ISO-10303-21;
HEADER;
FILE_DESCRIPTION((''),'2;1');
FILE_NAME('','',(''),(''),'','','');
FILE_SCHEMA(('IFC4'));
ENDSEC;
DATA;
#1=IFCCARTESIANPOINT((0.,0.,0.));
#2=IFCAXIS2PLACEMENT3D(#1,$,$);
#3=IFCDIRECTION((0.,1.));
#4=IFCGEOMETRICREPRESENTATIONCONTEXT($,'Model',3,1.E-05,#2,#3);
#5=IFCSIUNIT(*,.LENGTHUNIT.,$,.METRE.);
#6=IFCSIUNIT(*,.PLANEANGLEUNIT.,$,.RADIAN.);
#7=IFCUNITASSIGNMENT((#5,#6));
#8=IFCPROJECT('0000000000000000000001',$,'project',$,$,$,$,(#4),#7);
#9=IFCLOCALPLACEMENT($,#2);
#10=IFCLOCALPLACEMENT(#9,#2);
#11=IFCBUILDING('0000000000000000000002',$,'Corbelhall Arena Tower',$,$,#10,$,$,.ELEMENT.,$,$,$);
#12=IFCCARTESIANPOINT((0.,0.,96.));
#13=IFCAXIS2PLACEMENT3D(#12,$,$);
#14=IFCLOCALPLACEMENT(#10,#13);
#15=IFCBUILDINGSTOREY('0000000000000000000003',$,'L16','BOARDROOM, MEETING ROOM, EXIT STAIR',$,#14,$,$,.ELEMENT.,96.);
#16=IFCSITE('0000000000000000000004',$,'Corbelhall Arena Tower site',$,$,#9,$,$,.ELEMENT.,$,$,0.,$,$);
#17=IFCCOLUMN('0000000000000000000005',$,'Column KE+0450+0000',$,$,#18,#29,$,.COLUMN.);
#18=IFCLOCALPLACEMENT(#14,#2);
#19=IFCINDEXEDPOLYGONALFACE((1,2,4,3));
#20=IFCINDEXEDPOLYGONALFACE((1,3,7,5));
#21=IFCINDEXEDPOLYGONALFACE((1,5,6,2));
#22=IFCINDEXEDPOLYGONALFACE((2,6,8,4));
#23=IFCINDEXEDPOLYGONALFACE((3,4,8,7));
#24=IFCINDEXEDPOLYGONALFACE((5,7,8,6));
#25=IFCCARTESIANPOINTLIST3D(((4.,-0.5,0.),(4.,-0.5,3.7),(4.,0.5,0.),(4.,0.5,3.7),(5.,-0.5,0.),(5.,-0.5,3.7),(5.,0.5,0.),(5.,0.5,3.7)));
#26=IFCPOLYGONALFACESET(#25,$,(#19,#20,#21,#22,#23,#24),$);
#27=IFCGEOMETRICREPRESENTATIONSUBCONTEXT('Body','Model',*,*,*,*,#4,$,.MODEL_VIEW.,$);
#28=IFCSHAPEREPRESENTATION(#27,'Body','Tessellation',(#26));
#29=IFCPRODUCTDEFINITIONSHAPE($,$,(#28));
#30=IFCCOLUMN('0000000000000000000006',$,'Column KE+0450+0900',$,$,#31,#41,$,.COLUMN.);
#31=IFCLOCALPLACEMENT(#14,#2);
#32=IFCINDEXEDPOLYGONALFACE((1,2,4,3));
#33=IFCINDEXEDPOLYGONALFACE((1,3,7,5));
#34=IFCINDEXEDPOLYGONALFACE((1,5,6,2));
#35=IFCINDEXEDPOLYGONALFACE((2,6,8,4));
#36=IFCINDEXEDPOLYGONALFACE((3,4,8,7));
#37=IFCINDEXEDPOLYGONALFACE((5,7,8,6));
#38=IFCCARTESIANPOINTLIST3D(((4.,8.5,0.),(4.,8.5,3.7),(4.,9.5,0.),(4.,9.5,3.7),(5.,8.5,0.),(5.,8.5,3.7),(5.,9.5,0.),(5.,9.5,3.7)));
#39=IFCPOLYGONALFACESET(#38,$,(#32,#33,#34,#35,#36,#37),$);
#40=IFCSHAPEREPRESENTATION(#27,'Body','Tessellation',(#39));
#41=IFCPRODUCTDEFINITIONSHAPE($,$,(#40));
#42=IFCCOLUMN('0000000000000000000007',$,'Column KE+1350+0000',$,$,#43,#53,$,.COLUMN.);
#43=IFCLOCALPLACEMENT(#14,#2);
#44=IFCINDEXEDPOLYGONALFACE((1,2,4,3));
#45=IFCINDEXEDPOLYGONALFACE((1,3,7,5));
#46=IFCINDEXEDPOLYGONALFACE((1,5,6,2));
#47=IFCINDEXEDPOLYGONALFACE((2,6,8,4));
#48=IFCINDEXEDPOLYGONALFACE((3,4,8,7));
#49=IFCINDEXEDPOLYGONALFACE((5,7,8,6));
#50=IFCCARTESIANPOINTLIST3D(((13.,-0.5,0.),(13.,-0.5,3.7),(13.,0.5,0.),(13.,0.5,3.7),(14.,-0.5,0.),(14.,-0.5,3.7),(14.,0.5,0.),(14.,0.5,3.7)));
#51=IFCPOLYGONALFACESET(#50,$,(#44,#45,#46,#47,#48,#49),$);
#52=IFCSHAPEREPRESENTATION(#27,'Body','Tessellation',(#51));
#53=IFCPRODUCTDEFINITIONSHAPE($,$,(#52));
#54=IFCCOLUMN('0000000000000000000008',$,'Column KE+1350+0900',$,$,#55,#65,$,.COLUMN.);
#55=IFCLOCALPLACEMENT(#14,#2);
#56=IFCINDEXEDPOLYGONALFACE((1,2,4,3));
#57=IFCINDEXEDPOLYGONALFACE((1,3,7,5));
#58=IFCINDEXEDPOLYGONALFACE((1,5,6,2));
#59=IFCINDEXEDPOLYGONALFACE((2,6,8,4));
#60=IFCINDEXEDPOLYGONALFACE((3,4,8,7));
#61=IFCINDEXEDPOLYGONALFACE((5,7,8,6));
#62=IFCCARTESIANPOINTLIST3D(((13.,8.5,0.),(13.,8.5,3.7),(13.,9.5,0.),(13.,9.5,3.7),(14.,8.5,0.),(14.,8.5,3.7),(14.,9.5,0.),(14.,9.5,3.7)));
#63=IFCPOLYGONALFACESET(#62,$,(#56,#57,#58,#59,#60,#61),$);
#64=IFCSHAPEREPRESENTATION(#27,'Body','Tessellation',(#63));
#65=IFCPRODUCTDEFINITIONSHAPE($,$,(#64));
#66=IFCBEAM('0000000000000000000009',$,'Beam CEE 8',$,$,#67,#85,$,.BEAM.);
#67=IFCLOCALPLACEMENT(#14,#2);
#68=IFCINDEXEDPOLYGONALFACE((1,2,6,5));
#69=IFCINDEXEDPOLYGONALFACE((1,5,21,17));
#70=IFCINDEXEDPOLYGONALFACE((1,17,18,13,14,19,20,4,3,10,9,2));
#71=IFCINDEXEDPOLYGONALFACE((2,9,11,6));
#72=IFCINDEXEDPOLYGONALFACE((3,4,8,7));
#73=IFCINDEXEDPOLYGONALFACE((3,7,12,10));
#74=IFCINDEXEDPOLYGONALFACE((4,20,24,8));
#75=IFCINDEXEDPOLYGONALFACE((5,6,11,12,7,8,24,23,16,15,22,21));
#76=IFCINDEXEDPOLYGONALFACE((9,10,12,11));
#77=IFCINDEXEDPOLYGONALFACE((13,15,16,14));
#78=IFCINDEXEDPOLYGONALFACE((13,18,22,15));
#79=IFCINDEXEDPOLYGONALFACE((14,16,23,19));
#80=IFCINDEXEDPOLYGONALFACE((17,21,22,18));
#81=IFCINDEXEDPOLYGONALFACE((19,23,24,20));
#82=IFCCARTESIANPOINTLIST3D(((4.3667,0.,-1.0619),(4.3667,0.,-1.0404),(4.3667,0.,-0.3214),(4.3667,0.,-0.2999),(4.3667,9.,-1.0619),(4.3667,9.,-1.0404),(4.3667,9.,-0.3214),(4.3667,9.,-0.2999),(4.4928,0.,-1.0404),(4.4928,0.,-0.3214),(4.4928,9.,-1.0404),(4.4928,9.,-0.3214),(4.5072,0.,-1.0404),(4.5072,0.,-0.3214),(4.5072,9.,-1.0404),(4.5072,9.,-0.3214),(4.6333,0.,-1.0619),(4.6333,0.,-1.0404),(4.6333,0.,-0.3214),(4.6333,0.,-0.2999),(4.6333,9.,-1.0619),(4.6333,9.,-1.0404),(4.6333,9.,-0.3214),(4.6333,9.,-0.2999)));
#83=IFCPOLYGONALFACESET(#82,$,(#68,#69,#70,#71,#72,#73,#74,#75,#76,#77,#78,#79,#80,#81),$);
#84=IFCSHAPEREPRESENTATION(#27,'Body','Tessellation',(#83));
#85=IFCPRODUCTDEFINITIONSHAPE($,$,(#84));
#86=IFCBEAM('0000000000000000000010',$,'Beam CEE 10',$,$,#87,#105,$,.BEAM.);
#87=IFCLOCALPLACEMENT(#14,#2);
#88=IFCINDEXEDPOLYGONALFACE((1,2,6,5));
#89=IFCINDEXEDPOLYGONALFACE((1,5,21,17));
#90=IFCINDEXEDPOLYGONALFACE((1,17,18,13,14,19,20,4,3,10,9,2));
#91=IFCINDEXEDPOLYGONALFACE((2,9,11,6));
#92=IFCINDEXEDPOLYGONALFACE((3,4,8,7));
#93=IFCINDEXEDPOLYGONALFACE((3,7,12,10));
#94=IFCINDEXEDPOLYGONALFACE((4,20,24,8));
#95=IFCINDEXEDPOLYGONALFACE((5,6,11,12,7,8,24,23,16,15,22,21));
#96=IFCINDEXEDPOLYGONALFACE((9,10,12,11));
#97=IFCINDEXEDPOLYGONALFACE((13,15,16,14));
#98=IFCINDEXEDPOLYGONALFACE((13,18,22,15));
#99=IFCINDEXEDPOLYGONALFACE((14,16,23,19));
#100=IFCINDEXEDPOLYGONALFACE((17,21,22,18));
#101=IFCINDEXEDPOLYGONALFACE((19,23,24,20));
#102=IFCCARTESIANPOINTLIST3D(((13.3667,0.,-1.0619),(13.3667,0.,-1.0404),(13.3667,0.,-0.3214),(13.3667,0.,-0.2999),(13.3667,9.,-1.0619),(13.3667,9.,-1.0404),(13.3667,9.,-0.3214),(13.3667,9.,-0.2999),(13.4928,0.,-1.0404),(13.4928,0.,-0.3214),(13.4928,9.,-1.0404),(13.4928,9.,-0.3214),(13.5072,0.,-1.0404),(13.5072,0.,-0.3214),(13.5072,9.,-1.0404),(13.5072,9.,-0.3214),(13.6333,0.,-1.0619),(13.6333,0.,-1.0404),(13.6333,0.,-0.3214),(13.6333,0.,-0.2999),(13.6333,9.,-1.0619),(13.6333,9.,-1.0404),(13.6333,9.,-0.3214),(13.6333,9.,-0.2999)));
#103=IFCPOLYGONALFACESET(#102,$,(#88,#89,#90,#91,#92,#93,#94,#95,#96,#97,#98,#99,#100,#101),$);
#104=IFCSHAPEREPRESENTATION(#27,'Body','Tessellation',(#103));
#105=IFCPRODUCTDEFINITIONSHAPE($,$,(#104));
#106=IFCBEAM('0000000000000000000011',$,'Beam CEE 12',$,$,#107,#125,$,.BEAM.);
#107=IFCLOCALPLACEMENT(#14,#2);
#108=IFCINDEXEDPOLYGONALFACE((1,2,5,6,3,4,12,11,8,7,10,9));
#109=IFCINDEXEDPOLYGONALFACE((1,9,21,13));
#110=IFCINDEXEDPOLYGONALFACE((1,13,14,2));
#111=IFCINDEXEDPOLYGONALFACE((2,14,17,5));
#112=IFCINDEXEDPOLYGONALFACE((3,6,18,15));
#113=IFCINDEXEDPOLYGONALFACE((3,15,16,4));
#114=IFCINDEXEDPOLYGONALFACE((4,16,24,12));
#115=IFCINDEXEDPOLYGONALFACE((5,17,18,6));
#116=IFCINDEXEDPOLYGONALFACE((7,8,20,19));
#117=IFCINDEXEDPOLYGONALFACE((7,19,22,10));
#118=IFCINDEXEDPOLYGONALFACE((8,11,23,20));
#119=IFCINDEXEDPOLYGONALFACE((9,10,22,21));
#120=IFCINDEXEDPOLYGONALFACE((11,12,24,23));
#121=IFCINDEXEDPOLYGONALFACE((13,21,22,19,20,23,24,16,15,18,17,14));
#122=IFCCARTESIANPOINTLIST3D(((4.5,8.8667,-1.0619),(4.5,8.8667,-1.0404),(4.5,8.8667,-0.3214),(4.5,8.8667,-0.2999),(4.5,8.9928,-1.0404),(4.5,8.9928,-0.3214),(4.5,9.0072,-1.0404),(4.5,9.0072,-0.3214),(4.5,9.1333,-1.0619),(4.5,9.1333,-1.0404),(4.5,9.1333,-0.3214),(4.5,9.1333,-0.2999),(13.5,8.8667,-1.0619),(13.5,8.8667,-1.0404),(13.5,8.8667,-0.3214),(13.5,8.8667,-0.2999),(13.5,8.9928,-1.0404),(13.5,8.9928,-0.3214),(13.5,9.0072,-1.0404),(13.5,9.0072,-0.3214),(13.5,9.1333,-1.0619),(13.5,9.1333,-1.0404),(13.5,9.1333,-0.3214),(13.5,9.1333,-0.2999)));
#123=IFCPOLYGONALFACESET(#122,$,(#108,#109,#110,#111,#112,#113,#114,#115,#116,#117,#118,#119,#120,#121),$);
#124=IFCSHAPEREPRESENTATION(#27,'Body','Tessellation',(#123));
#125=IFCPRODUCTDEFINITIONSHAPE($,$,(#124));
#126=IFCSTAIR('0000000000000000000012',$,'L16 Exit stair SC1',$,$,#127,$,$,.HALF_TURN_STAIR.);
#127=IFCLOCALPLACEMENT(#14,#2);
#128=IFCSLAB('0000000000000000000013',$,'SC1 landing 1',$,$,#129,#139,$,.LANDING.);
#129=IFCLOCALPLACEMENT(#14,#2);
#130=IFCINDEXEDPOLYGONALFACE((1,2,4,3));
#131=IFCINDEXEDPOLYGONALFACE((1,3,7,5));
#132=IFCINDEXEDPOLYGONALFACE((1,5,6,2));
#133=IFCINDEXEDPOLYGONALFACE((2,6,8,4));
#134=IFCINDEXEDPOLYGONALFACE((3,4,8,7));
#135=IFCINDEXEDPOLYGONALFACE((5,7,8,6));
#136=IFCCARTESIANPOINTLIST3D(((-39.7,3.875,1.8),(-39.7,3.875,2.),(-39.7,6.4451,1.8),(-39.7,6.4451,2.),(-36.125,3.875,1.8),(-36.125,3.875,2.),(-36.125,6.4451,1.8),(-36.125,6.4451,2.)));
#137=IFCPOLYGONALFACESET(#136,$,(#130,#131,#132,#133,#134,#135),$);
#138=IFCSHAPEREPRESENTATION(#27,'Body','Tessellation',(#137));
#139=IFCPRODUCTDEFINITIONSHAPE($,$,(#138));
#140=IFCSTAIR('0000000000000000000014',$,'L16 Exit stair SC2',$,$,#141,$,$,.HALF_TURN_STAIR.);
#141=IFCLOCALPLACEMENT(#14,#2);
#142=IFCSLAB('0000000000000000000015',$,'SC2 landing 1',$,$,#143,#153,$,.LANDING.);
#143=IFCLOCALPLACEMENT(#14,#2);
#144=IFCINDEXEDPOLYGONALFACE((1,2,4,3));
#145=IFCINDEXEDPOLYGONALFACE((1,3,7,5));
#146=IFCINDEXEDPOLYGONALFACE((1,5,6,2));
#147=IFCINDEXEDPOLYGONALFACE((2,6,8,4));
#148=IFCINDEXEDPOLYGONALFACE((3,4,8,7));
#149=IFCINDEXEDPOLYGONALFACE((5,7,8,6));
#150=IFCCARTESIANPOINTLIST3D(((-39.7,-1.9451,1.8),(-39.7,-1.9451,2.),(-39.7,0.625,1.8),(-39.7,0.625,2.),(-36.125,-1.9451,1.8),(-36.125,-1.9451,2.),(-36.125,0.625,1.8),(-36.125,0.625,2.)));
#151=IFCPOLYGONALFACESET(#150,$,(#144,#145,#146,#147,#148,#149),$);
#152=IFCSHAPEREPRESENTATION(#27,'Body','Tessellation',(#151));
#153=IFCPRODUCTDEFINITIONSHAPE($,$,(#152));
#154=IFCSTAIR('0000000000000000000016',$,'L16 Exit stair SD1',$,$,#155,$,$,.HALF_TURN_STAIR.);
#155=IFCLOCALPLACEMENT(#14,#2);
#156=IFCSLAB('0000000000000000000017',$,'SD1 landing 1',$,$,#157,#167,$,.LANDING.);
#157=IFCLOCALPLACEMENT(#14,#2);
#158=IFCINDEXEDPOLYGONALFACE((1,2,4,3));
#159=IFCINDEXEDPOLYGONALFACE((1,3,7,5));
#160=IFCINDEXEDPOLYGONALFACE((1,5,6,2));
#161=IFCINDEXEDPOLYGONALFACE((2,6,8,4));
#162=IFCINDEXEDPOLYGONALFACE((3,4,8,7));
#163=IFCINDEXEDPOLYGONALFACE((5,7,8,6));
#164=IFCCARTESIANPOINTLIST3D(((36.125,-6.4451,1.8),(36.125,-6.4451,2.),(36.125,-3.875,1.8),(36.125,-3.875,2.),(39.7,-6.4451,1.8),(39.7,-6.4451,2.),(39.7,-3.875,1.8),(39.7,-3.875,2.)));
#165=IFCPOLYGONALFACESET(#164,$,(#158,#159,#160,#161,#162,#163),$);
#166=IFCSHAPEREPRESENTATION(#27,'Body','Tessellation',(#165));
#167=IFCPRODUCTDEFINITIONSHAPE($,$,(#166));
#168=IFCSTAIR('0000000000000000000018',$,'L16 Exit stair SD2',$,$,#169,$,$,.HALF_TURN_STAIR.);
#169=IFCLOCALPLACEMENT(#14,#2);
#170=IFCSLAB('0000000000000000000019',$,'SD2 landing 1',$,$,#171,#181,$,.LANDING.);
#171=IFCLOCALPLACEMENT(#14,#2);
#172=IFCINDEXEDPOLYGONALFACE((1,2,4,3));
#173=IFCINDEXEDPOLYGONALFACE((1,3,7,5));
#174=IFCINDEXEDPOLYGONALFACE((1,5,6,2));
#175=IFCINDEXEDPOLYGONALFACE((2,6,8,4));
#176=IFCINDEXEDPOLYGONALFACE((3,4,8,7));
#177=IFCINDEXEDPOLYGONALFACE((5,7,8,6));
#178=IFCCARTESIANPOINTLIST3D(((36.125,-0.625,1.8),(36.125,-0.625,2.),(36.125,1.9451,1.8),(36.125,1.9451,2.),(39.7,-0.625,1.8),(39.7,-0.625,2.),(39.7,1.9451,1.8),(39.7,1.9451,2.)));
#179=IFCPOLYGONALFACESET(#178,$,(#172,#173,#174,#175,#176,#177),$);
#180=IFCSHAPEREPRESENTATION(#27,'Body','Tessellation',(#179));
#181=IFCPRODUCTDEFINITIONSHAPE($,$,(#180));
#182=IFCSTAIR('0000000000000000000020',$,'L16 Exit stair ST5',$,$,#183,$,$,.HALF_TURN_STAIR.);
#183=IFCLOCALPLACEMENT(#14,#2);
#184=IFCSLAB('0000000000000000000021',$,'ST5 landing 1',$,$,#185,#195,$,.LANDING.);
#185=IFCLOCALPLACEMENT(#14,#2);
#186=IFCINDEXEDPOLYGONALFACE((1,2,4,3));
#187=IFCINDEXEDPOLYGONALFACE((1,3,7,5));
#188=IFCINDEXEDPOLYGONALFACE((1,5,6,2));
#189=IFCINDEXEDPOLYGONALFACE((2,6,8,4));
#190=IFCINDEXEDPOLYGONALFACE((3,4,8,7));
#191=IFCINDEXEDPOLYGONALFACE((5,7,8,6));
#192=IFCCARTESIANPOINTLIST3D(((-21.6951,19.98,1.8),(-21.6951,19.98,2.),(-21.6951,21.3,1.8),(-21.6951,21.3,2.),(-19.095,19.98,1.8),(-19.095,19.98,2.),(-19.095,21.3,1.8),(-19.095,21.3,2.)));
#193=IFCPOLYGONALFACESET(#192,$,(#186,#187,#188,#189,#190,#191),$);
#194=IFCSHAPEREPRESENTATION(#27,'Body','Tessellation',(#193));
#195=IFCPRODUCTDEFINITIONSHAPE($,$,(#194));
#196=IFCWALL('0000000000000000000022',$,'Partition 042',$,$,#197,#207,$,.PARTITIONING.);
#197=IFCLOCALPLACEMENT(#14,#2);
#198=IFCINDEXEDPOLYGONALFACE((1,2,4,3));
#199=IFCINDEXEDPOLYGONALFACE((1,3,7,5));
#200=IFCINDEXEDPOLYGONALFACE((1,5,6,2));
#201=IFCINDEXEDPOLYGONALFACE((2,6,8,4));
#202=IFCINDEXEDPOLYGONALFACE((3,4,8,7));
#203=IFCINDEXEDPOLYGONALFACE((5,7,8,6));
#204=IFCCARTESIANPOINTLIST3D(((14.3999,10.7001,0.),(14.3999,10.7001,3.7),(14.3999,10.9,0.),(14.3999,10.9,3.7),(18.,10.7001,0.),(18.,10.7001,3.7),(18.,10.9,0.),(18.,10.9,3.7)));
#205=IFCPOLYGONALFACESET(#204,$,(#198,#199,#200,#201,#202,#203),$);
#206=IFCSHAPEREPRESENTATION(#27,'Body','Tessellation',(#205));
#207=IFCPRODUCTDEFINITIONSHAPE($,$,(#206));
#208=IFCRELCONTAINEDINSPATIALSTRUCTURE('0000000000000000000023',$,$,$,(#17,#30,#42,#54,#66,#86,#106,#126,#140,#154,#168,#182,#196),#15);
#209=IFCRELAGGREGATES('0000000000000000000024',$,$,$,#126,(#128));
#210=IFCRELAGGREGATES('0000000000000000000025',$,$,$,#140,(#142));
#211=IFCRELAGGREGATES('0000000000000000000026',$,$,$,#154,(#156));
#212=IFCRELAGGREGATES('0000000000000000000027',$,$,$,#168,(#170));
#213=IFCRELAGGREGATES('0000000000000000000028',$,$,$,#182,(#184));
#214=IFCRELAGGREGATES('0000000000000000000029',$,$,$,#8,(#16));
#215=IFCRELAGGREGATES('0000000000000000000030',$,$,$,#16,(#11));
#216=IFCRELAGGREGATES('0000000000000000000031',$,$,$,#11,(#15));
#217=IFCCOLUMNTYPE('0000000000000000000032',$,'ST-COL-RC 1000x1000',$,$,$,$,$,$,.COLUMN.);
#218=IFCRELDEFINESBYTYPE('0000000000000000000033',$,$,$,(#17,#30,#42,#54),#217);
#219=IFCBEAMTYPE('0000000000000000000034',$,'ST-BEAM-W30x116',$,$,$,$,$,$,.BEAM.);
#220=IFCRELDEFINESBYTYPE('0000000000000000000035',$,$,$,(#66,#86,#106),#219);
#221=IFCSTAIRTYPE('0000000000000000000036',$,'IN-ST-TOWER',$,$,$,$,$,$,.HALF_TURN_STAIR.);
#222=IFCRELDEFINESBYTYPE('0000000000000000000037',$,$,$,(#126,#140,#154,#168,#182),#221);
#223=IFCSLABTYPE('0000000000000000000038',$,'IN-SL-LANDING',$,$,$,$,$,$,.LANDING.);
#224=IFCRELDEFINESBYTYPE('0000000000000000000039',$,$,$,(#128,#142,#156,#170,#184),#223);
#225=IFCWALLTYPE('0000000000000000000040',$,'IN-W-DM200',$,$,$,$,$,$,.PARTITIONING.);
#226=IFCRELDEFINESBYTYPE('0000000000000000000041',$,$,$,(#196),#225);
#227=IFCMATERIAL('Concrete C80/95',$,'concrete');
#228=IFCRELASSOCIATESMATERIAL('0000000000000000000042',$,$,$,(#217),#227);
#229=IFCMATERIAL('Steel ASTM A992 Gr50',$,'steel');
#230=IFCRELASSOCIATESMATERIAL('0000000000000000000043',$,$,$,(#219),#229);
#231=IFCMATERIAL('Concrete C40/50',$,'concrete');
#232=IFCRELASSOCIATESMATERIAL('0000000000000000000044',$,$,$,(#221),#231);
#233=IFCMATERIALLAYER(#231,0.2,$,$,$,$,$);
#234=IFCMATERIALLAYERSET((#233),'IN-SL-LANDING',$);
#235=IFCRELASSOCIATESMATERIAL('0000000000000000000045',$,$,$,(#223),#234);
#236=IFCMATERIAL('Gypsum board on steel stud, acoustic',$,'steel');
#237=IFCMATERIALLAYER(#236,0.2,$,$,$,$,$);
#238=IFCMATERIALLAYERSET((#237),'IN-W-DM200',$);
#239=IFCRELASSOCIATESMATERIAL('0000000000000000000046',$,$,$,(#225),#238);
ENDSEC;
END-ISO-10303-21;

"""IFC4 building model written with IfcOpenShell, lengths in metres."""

from ifc_helpers import new_model, si_unit, direction, frame, frame_2d, origin, origin_2d, place, context, subcontext, project, spatial, polyline, rectangle, i_section, outline, extrude, material, layer, layer_set, material_profile, profile_set, type_object, element, aggregate, save


model = new_model("IFC4")

# Units and contexts
model_context = context("Model", 3, precision=1e-05, world=origin(), true_north=direction((0.0, 1.0)))
body_context = subcontext(model_context, "Body", "Model", "MODEL_VIEW")
ifc_project = project(units=[si_unit("LENGTHUNIT", "METRE"), si_unit("PLANEANGLEUNIT", "RADIAN")], contexts=[model_context])

# Site, building, storey
site_placement = place(None, origin())
site = spatial("IfcSite", under=ifc_project, at=site_placement, Name="Corbelhall Arena Tower site", CompositionType="ELEMENT", RefElevation=0.0)
building_placement = place(site_placement, origin())
building = spatial("IfcBuilding", under=site, at=building_placement, Name="Corbelhall Arena Tower", CompositionType="ELEMENT")
storey_placement = place(building_placement, frame((0.0, 0.0, 96.0)))
storey = spatial("IfcBuildingStorey", under=building, at=storey_placement, Name="L16", Description="BOARDROOM, MEETING ROOM, EXIT STAIR", CompositionType="ELEMENT", Elevation=96.0)

# Columns
ifc_material_1 = material(Name="Concrete C80/95", Category="concrete")
ifc_material_profile_1 = material_profile(ifc_material_1, rectangle(XDim=1.0, YDim=1.0, at=origin_2d()))
ifc_profile_set_1 = profile_set([ifc_material_profile_1], Name="Concrete C80/95")
column_type = type_object("IfcColumnType", Name="ST-COL-RC 1000x1000", PredefinedType="COLUMN", material=ifc_profile_set_1)
for number, where, z_axis, x_axis, name in (
    (1, (4.5, 0.0, 0.0), (0.0, 0.0, 1.0), (1.0, 0.0, 0.0), "Column KE+0450+0000"),
    (2, (4.5, 9.0, 0.0), (0.0, 0.0, 1.0), (1.0, 0.0, 0.0), "Column KE+0450+0900"),
    (3, (13.5, 0.0, 0.0), (0.0, 0.0, 1.0), (1.0, 0.0, 0.0), "Column KE+1350+0000"),
    (4, (13.5, 9.0, 0.0), (0.0, 0.0, 1.0), (1.0, 0.0, 0.0), "Column KE+1350+0900"),
):
    element("IfcColumn", number, at=place(storey_placement, frame(where, z_axis=z_axis, x_axis=x_axis)), inside=storey, type_object=column_type, Name=name, PredefinedType="COLUMN", context=body_context, shape_type="SweptSolid", body=[
        extrude(rectangle(XDim=1.0, YDim=1.0, at=origin_2d()), origin(), (0.0, 0.0, 1.0), 3.7),
    ])

# Beams
ifc_material_2 = material(Name="Steel ASTM A992 Gr50", Category="steel")
ifc_material_profile_2 = material_profile(ifc_material_2, i_section(OverallWidth=0.2666, OverallDepth=0.762, WebThickness=0.0144, FlangeThickness=0.0215, at=origin_2d()))
ifc_profile_set_2 = profile_set([ifc_material_profile_2], Name="Steel ASTM A992 Gr50")
beam_type = type_object("IfcBeamType", Name="ST-BEAM-W30x116", PredefinedType="BEAM", material=ifc_profile_set_2)
for number, where, z_axis, x_axis, name in (
    (5, (4.5, 0.0, -0.6809), (0.0, 1.0, 0.0), (-1.0, 0.0, 0.0), "Beam CEE 8"),
    (6, (13.5, 0.0, -0.6809), (0.0, 1.0, 0.0), (-1.0, 0.0, 0.0), "Beam CEE 10"),
    (7, (4.5, 9.0, -0.6809), (1.0, 0.0, 0.0), (0.0, 1.0, 0.0), "Beam CEE 12"),
):
    element("IfcBeam", number, at=place(storey_placement, frame(where, z_axis=z_axis, x_axis=x_axis)), inside=storey, type_object=beam_type, Name=name, PredefinedType="BEAM", context=body_context, shape_type="SweptSolid", body=[
        extrude(i_section(OverallWidth=0.2666, OverallDepth=0.762, WebThickness=0.0144, FlangeThickness=0.0215, at=origin_2d()), origin(), (0.0, 0.0, 1.0), 9.0),
    ])

# Stairs, slabs
ifc_material_3 = material(Name="Concrete C40/50", Category="concrete")
stair_type = type_object("IfcStairType", Name="IN-ST-TOWER", PredefinedType="HALF_TURN_STAIR", material=ifc_material_3)
stair_1_placement = place(storey_placement, origin())
stair_1 = element("IfcStair", 8, at=stair_1_placement, inside=storey, type_object=stair_type, Name="L16 Exit stair SC1", PredefinedType="HALF_TURN_STAIR")
ifc_layer_1 = layer(ifc_material_3, 0.2)
ifc_layer_set_1 = layer_set([ifc_layer_1], Name="IN-SL-LANDING")
slab_type = type_object("IfcSlabType", Name="IN-SL-LANDING", PredefinedType="LANDING", material=ifc_layer_set_1)
slab_1_placement = place(storey_placement, frame((0.0, 0.0, 1.8)))
slab_1 = element("IfcSlab", 9, at=slab_1_placement, type_object=slab_type, Name="SC1 landing 1", PredefinedType="LANDING", context=body_context, shape_type="SweptSolid", body=[
    extrude(outline(polyline([(-39.7, 6.4451), (-39.7, 3.875), (-36.125, 3.875), (-36.125, 6.4451), (-39.7, 6.4451)])), origin(), (0.0, 0.0, 1.0), 0.2),
])
aggregate(stair_1, [slab_1])
stair_2_placement = place(storey_placement, origin())
stair_2 = element("IfcStair", 10, at=stair_2_placement, inside=storey, type_object=stair_type, Name="L16 Exit stair SC2", PredefinedType="HALF_TURN_STAIR")
slab_2_placement = place(storey_placement, frame((0.0, 0.0, 1.8)))
slab_2 = element("IfcSlab", 11, at=slab_2_placement, type_object=slab_type, Name="SC2 landing 1", PredefinedType="LANDING", context=body_context, shape_type="SweptSolid", body=[
    extrude(outline(polyline([(-36.125, -1.9451), (-36.125, 0.625), (-39.7, 0.625), (-39.7, -1.9451), (-36.125, -1.9451)])), origin(), (0.0, 0.0, 1.0), 0.2),
])
aggregate(stair_2, [slab_2])
stair_3_placement = place(storey_placement, origin())
stair_3 = element("IfcStair", 12, at=stair_3_placement, inside=storey, type_object=stair_type, Name="L16 Exit stair SD1", PredefinedType="HALF_TURN_STAIR")
slab_3_placement = place(storey_placement, frame((0.0, 0.0, 1.8)))
slab_3 = element("IfcSlab", 13, at=slab_3_placement, type_object=slab_type, Name="SD1 landing 1", PredefinedType="LANDING", context=body_context, shape_type="SweptSolid", body=[
    extrude(outline(polyline([(39.7, -6.4451), (39.7, -3.875), (36.125, -3.875), (36.125, -6.4451), (39.7, -6.4451)])), origin(), (0.0, 0.0, 1.0), 0.2),
])
aggregate(stair_3, [slab_3])
stair_4_placement = place(storey_placement, origin())
stair_4 = element("IfcStair", 14, at=stair_4_placement, inside=storey, type_object=stair_type, Name="L16 Exit stair SD2", PredefinedType="HALF_TURN_STAIR")
slab_4_placement = place(storey_placement, frame((0.0, 0.0, 1.8)))
slab_4 = element("IfcSlab", 15, at=slab_4_placement, type_object=slab_type, Name="SD2 landing 1", PredefinedType="LANDING", context=body_context, shape_type="SweptSolid", body=[
    extrude(outline(polyline([(36.125, 1.9451), (36.125, -0.625), (39.7, -0.625), (39.7, 1.9451), (36.125, 1.9451)])), origin(), (0.0, 0.0, 1.0), 0.2),
])
aggregate(stair_4, [slab_4])
stair_5_placement = place(storey_placement, origin())
stair_5 = element("IfcStair", 16, at=stair_5_placement, inside=storey, type_object=stair_type, Name="L16 Exit stair ST5", PredefinedType="HALF_TURN_STAIR")
slab_5_placement = place(storey_placement, frame((0.0, 0.0, 1.8)))
slab_5 = element("IfcSlab", 17, at=slab_5_placement, type_object=slab_type, Name="ST5 landing 1", PredefinedType="LANDING", context=body_context, shape_type="SweptSolid", body=[
    extrude(outline(polyline([(-19.095, 19.98), (-19.095, 21.3), (-21.6951, 21.3), (-21.6951, 19.98), (-19.095, 19.98)])), origin(), (0.0, 0.0, 1.0), 0.2),
])
aggregate(stair_5, [slab_5])

# Wall
ifc_material_4 = material(Name="Gypsum board on steel stud, acoustic", Category="steel")
ifc_layer_2 = layer(ifc_material_4, 0.2)
ifc_layer_set_2 = layer_set([ifc_layer_2], Name="IN-W-DM200")
wall_type_1 = type_object("IfcWallType", Name="IN-W-DM200", PredefinedType="PARTITIONING", material=ifc_layer_set_2)
wall_1_placement = place(storey_placement, frame((14.3999, 10.8, 0.0), z_axis=(0.0, 0.0, 1.0), x_axis=(1.0, 0.0, 0.0)))
element("IfcWall", 18, at=wall_1_placement, inside=storey, type_object=wall_type_1, Name="Partition 042", PredefinedType="PARTITIONING", context=body_context, shape_type="SweptSolid", body=[
    extrude(rectangle(XDim=3.6001, YDim=0.2, at=frame_2d((1.8, 0.0))), origin(), (0.0, 0.0, 1.0), 3.7),
])

save(model, "model.ifc")
